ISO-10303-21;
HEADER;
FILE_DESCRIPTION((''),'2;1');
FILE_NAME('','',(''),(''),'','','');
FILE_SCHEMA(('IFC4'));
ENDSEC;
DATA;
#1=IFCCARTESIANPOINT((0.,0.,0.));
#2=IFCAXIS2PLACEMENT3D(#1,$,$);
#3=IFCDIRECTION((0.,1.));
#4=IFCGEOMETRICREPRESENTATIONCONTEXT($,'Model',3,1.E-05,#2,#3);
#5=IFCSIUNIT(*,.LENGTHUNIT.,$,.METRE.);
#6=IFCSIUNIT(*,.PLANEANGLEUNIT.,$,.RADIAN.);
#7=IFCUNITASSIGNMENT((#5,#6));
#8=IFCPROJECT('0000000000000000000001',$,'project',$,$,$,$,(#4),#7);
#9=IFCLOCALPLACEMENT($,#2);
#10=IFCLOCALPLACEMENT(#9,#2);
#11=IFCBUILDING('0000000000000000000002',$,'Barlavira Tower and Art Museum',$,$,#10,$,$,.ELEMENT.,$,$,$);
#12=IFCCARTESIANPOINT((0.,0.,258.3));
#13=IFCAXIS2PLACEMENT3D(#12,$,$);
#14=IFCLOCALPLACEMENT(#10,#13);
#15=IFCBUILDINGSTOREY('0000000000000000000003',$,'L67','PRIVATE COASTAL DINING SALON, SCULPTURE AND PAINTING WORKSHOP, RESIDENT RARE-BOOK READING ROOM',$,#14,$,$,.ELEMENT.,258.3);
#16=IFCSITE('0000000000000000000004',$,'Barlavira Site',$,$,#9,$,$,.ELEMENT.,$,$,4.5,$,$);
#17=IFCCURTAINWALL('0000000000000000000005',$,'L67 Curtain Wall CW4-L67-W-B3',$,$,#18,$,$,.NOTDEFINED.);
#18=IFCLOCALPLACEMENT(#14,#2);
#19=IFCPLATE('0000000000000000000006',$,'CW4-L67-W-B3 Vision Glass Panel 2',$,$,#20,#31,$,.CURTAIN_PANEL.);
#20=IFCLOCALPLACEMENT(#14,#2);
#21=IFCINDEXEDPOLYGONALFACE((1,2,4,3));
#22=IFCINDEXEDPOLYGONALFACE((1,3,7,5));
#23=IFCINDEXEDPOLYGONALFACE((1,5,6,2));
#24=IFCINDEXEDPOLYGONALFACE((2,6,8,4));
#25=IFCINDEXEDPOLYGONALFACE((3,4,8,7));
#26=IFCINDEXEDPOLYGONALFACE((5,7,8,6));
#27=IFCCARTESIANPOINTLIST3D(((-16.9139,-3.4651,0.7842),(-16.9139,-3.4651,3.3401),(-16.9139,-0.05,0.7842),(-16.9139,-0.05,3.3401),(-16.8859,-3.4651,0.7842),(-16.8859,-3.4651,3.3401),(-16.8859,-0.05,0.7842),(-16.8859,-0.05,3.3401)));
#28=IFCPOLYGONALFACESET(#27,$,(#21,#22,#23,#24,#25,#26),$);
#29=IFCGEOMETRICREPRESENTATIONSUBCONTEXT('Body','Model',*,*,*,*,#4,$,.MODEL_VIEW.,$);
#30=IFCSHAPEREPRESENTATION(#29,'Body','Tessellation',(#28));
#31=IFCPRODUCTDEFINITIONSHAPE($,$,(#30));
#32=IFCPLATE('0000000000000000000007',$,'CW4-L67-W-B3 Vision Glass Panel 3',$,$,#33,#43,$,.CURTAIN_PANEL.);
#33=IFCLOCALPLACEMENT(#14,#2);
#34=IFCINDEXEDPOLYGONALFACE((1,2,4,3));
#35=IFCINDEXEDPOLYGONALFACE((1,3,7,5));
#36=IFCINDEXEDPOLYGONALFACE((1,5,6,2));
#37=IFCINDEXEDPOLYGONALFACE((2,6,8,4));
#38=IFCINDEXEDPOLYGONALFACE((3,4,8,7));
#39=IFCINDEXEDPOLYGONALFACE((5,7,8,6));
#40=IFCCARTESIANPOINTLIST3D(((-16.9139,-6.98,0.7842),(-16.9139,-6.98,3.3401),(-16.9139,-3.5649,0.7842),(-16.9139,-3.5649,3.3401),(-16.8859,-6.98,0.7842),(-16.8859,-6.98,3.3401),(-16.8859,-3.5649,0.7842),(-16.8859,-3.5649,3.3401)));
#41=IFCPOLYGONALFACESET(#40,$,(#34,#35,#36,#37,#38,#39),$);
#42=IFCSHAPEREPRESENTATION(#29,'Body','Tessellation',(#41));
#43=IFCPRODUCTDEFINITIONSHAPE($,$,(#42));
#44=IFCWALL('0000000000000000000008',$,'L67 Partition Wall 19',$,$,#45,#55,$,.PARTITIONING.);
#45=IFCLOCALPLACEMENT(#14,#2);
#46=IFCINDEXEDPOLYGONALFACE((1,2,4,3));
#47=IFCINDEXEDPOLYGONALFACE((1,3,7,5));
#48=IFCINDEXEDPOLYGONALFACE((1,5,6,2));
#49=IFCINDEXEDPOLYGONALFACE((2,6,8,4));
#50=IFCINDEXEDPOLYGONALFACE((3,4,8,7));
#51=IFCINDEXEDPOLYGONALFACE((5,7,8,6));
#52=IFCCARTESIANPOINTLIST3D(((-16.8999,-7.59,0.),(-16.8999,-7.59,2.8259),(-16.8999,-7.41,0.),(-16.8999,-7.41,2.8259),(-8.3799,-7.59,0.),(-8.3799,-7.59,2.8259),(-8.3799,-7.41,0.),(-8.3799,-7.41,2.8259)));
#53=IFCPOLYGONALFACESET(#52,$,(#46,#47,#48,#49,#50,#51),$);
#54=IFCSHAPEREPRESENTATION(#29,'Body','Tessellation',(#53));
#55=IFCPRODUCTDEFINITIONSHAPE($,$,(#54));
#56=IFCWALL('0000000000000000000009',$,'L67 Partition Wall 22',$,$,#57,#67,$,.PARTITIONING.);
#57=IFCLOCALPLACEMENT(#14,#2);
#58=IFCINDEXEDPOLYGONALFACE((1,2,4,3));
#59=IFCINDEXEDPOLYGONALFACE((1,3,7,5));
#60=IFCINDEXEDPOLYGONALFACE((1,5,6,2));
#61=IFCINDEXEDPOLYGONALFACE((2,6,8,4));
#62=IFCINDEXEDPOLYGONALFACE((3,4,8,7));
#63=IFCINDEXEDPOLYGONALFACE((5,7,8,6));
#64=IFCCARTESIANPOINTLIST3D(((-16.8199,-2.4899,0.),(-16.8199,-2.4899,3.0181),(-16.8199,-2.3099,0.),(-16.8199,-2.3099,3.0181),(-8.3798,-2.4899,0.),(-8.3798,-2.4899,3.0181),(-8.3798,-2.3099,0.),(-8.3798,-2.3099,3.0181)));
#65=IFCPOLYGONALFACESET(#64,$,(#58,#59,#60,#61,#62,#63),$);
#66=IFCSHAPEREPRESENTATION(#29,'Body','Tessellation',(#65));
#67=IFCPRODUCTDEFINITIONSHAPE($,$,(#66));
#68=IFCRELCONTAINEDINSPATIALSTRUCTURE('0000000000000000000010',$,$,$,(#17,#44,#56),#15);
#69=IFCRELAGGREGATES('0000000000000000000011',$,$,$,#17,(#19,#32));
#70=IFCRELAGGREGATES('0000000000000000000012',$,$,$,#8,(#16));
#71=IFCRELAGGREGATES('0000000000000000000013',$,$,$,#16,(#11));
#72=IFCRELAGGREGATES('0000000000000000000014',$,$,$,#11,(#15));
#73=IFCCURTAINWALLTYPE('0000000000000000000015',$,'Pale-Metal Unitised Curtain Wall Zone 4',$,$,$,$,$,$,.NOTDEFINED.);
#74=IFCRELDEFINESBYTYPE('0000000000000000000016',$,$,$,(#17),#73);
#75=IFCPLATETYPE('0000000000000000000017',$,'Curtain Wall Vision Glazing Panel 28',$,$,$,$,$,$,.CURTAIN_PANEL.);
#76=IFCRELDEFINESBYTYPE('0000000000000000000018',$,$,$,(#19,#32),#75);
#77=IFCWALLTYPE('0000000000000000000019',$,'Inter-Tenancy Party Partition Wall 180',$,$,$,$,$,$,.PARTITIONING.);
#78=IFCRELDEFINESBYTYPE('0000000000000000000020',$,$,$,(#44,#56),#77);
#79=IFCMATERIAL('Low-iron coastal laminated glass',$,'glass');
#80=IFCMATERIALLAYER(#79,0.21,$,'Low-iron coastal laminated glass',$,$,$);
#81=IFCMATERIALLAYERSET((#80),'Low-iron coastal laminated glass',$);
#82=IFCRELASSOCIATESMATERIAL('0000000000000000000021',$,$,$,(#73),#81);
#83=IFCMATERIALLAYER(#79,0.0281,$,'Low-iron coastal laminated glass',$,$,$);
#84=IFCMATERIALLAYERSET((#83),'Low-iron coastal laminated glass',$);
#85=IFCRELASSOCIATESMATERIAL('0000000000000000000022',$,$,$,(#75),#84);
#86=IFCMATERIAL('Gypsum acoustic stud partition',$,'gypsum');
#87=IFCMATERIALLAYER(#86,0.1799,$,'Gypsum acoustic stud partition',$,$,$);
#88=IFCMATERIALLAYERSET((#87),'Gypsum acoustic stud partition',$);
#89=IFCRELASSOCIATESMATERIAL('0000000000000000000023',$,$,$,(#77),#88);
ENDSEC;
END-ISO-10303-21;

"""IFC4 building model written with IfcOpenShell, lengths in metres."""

from ifc_helpers import new_model, si_unit, direction, frame, frame_2d, origin, origin_2d, place, context, subcontext, project, spatial, rectangle, extrude, material, layer, layer_set, type_object, element, aggregate, save


model = new_model("IFC4")

# Units and contexts
model_context = context("Model", 3, precision=1e-05, world=origin(), true_north=direction((0.0, 1.0)))
body_context = subcontext(model_context, "Body", "Model", "MODEL_VIEW")
ifc_project = project(units=[si_unit("LENGTHUNIT", "METRE"), si_unit("PLANEANGLEUNIT", "RADIAN")], contexts=[model_context])

# Site, building, storey
site_placement = place(None, origin())
site = spatial("IfcSite", under=ifc_project, at=site_placement, Name="Barlavira Site", CompositionType="ELEMENT", RefElevation=4.5)
building_placement = place(site_placement, origin())
building = spatial("IfcBuilding", under=site, at=building_placement, Name="Barlavira Tower and Art Museum", CompositionType="ELEMENT")
storey_placement = place(building_placement, frame((0.0, 0.0, 258.3)))
storey = spatial("IfcBuildingStorey", under=building, at=storey_placement, Name="L67", Description="PRIVATE COASTAL DINING SALON, SCULPTURE AND PAINTING WORKSHOP, RESIDENT RARE-BOOK READING ROOM", CompositionType="ELEMENT", Elevation=258.3)

# Curtain wall
ifc_material_1 = material(Name="Low-iron coastal laminated glass", Category="glass")
ifc_layer_1 = layer(ifc_material_1, 0.21, Name="Low-iron coastal laminated glass")
ifc_layer_set_1 = layer_set([ifc_layer_1], Name="Low-iron coastal laminated glass")
curtain_wall_type = type_object("IfcCurtainWallType", Name="Pale-Metal Unitised Curtain Wall Zone 4", PredefinedType="NOTDEFINED", material=ifc_layer_set_1)
curtain_wall_placement = place(storey_placement, origin())
curtain_wall = element("IfcCurtainWall", 1, at=curtain_wall_placement, inside=storey, type_object=curtain_wall_type, Name="L67 Curtain Wall CW4-L67-W-B3", PredefinedType="NOTDEFINED")

# Plates
ifc_layer_2 = layer(ifc_material_1, 0.0281, Name="Low-iron coastal laminated glass")
ifc_layer_set_2 = layer_set([ifc_layer_2], Name="Low-iron coastal laminated glass")
plate_type_1 = type_object("IfcPlateType", Name="Curtain Wall Vision Glazing Panel 28", PredefinedType="CURTAIN_PANEL", material=ifc_layer_set_2)
plate_1_placement = place(storey_placement, frame((-16.8999, -1.7576, 0.7842), z_axis=(0.0, 0.0, 1.0), x_axis=(0.0, -1.0, 0.0)))
plate_1 = element("IfcPlate", 2, at=plate_1_placement, type_object=plate_type_1, Name="CW4-L67-W-B3 Vision Glass Panel 2", PredefinedType="CURTAIN_PANEL", context=body_context, shape_type="SweptSolid", body=[
    extrude(rectangle(XDim=3.415, YDim=0.0281, at=origin_2d()), origin(), (0.0, 0.0, 1.0), 2.5559),
])
plate_2_placement = place(storey_placement, frame((-16.8999, -5.2725, 0.7842), z_axis=(0.0, 0.0, 1.0), x_axis=(0.0, -1.0, 0.0)))
plate_2 = element("IfcPlate", 3, at=plate_2_placement, type_object=plate_type_1, Name="CW4-L67-W-B3 Vision Glass Panel 3", PredefinedType="CURTAIN_PANEL", context=body_context, shape_type="SweptSolid", body=[
    extrude(rectangle(XDim=3.415, YDim=0.0281, at=origin_2d()), origin(), (0.0, 0.0, 1.0), 2.5559),
])
aggregate(curtain_wall, [plate_1, plate_2])

# Walls
ifc_material_2 = material(Name="Gypsum acoustic stud partition", Category="gypsum")
ifc_layer_3 = layer(ifc_material_2, 0.1799, Name="Gypsum acoustic stud partition")
ifc_layer_set_3 = layer_set([ifc_layer_3], Name="Gypsum acoustic stud partition")
wall_type = type_object("IfcWallType", Name="Inter-Tenancy Party Partition Wall 180", PredefinedType="PARTITIONING", material=ifc_layer_set_3)
wall_1_placement = place(storey_placement, frame((-16.8999, -7.5, 0.0), z_axis=(0.0, 0.0, 1.0), x_axis=(1.0, 0.0, 0.0)))
element("IfcWall", 4, at=wall_1_placement, inside=storey, type_object=wall_type, Name="L67 Partition Wall 19", PredefinedType="PARTITIONING", context=body_context, shape_type="SweptSolid", body=[
    extrude(rectangle(XDim=8.52, YDim=0.1799, at=frame_2d((4.26, 0.0))), origin(), (0.0, 0.0, 1.0), 2.8259),
])
wall_2_placement = place(storey_placement, frame((-16.8201, -2.3999, 0.0), z_axis=(0.0, 0.0, 1.0), x_axis=(1.0, 0.0, 0.0)))
element("IfcWall", 5, at=wall_2_placement, inside=storey, type_object=wall_type, Name="L67 Partition Wall 22", PredefinedType="PARTITIONING", context=body_context, shape_type="SweptSolid", body=[
    extrude(rectangle(XDim=8.4402, YDim=0.1799, at=frame_2d((4.2202, 0.0))), origin(), (0.0, 0.0, 1.0), 3.0181),
])

save(model, "model.ifc")
